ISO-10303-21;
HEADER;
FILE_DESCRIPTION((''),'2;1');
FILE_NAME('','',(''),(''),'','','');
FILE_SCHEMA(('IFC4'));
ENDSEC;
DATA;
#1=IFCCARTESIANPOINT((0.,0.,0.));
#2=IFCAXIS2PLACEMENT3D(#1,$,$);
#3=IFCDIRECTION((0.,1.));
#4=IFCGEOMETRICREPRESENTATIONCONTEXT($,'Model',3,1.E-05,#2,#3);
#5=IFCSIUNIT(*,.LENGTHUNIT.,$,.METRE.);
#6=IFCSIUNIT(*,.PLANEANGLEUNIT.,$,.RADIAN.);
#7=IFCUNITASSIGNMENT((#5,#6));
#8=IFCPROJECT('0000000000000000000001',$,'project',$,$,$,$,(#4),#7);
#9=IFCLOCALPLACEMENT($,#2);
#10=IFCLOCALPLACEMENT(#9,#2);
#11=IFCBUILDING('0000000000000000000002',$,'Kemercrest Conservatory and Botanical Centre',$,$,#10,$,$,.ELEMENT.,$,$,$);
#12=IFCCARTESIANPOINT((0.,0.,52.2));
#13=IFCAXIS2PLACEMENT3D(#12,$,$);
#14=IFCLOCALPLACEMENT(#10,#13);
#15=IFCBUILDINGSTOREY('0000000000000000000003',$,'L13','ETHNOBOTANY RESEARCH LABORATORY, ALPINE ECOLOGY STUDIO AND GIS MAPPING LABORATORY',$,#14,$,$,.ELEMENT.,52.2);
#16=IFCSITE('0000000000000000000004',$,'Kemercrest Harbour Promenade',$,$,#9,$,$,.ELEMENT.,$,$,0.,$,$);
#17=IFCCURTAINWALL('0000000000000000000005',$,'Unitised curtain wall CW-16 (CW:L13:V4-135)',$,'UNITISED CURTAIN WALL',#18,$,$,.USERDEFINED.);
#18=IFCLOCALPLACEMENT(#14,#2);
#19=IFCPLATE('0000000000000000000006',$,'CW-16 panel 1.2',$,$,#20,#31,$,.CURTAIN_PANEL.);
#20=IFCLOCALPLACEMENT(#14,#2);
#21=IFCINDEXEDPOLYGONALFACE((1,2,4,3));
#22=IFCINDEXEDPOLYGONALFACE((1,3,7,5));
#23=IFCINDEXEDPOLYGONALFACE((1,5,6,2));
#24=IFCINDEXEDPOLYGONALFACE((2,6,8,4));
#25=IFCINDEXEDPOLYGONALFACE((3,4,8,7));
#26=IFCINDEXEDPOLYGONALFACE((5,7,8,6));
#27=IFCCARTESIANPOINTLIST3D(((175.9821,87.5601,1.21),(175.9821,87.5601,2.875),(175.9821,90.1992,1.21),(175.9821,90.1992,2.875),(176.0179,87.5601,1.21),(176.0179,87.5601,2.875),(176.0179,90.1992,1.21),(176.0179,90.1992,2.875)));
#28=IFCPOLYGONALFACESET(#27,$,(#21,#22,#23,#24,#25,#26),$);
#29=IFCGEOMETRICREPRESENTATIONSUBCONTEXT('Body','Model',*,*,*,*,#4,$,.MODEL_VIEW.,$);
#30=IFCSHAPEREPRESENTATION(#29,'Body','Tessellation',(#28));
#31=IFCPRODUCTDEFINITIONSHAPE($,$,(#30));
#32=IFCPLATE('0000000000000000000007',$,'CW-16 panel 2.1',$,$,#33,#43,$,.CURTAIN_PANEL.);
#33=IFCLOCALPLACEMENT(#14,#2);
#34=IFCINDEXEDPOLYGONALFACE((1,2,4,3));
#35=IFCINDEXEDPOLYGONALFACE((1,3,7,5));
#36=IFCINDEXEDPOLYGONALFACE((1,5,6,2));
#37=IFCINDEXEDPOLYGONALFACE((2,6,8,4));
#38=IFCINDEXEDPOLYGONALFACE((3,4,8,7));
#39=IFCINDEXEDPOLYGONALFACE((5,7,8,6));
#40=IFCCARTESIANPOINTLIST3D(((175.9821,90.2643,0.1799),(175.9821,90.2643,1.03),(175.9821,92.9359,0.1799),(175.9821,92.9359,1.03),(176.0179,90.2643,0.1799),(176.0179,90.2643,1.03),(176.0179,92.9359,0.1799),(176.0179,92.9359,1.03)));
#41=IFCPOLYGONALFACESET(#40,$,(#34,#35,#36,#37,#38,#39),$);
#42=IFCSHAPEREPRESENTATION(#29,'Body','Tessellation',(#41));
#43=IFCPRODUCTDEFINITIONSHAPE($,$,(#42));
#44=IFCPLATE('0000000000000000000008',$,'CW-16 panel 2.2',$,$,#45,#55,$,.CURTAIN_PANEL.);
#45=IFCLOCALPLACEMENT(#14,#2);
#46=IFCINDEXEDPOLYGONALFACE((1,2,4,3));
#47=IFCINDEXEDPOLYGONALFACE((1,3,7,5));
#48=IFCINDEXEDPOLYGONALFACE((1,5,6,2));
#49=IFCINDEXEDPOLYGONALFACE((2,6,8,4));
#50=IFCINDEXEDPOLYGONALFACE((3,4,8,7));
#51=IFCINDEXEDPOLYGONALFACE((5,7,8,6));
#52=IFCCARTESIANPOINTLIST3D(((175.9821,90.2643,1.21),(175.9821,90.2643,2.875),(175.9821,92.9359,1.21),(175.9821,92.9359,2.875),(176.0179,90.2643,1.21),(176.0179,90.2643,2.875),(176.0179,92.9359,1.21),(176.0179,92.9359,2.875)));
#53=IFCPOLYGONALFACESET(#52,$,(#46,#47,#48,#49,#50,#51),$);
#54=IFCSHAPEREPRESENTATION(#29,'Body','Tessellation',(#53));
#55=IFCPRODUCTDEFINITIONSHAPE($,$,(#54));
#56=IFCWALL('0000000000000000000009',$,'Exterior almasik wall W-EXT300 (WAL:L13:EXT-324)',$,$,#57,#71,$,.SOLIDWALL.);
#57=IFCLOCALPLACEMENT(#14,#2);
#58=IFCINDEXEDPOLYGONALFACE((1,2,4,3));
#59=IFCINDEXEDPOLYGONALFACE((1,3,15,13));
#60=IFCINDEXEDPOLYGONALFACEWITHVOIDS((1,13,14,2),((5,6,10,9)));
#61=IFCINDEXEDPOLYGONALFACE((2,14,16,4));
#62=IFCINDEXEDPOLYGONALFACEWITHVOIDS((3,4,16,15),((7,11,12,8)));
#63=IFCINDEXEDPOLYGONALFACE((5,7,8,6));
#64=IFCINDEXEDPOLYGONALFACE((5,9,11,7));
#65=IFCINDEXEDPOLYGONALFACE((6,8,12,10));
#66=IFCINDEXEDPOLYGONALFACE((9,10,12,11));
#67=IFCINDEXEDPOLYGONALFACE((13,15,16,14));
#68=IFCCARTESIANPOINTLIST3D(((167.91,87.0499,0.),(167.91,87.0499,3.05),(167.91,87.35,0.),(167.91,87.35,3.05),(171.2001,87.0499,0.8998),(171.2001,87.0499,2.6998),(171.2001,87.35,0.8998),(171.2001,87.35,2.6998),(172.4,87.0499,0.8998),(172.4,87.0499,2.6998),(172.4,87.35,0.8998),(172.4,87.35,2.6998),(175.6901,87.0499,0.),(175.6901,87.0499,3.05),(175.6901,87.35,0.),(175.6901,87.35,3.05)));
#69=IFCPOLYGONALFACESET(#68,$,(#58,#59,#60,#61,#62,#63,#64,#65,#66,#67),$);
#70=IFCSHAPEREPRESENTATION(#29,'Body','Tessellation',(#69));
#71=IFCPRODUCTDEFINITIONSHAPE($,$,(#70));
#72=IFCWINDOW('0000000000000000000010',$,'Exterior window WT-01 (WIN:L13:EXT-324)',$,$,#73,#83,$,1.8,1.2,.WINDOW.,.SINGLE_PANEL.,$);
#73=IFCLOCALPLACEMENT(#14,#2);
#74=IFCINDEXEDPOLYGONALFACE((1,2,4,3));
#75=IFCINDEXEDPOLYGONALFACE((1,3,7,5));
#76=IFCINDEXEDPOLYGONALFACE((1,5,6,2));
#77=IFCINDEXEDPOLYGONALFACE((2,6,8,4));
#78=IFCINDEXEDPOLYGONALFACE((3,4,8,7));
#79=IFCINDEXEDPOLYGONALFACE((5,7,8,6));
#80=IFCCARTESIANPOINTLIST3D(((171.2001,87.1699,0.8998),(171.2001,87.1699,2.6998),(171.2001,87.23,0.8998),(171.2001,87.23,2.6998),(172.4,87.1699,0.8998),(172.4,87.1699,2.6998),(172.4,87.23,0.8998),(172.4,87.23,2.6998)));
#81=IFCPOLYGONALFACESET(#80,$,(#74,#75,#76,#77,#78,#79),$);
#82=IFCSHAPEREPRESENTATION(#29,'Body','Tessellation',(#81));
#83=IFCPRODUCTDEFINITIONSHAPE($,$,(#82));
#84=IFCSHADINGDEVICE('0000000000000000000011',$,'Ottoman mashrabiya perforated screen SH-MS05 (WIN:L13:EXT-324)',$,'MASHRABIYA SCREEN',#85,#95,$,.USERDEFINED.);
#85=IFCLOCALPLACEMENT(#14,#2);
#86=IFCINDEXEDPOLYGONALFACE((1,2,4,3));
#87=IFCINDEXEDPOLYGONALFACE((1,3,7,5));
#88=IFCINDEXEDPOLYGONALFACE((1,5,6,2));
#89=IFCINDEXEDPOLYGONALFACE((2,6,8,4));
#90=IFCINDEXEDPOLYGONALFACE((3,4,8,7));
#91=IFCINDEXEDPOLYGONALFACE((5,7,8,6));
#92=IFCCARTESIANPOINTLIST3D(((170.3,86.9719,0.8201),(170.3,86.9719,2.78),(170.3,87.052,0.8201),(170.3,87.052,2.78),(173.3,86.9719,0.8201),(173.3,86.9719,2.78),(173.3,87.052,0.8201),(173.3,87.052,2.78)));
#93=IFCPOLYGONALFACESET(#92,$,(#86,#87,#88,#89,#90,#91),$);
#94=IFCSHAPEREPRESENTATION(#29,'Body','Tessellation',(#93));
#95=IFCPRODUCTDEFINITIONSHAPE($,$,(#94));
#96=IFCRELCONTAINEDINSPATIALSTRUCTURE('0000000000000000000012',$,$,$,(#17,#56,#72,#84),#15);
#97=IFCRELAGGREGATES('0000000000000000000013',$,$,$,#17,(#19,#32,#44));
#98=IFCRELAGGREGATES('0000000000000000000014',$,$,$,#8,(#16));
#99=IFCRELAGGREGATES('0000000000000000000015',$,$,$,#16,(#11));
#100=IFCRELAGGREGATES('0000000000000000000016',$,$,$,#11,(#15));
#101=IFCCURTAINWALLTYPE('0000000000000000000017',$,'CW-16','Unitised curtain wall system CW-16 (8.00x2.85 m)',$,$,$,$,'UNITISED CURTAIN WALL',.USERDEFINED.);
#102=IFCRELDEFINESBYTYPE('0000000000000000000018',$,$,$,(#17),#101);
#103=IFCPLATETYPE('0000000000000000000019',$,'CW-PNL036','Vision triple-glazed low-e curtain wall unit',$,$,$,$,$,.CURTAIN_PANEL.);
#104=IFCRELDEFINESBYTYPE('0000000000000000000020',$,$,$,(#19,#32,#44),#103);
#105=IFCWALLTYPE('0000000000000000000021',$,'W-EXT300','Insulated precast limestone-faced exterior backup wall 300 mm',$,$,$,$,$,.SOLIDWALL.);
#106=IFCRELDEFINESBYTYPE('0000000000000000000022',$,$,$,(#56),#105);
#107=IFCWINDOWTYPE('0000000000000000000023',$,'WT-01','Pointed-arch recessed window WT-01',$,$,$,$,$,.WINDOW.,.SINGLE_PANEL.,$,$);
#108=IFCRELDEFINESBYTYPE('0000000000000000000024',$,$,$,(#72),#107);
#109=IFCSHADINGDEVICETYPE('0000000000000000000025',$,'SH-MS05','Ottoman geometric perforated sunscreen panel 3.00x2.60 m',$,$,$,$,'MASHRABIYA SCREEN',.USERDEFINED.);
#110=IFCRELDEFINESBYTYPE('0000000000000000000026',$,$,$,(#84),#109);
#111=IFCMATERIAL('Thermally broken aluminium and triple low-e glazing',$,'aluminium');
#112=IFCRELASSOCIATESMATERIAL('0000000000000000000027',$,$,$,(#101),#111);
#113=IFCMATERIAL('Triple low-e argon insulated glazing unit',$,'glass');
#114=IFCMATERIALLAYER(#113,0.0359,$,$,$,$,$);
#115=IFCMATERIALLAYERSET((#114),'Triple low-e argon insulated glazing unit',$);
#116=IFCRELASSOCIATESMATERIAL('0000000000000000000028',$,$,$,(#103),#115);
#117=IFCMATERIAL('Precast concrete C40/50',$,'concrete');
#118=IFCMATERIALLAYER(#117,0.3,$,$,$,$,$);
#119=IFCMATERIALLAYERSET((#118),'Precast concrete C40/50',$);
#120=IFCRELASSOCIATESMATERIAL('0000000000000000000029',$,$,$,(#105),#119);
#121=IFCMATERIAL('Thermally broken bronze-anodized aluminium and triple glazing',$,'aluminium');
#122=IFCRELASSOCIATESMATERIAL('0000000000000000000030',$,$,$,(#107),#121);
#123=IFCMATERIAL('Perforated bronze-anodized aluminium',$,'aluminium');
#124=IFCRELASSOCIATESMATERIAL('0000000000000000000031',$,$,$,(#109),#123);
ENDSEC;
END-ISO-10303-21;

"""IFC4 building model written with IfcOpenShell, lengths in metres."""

from ifc_helpers import new_model, si_unit, direction, frame, frame_2d, origin, origin_2d, place, context, subcontext, project, spatial, rectangle, extrude, material, layer, layer_set, type_object, element, fill, aggregate, save


model = new_model("IFC4")

# Units and contexts
model_context = context("Model", 3, precision=1e-05, world=origin(), true_north=direction((0.0, 1.0)))
body_context = subcontext(model_context, "Body", "Model", "MODEL_VIEW")
ifc_project = project(units=[si_unit("LENGTHUNIT", "METRE"), si_unit("PLANEANGLEUNIT", "RADIAN")], contexts=[model_context])

# Site, building, storey
site_placement = place(None, origin())
site = spatial("IfcSite", under=ifc_project, at=site_placement, Name="Kemercrest Harbour Promenade", CompositionType="ELEMENT", RefElevation=0.0)
building_placement = place(site_placement, origin())
building = spatial("IfcBuilding", under=site, at=building_placement, Name="Kemercrest Conservatory and Botanical Centre", CompositionType="ELEMENT")
storey_placement = place(building_placement, frame((0.0, 0.0, 52.2)))
storey = spatial("IfcBuildingStorey", under=building, at=storey_placement, Name="L13", Description="ETHNOBOTANY RESEARCH LABORATORY, ALPINE ECOLOGY STUDIO AND GIS MAPPING LABORATORY", CompositionType="ELEMENT", Elevation=52.2)

# Curtain wall
ifc_material_1 = material(Name="Thermally broken aluminium and triple low-e glazing", Category="aluminium")
curtain_wall_type = type_object("IfcCurtainWallType", Name="CW-16", Description="Unitised curtain wall system CW-16 (8.00x2.85 m)", ElementType="UNITISED CURTAIN WALL", PredefinedType="USERDEFINED", material=ifc_material_1)
curtain_wall_placement = place(storey_placement, origin())
curtain_wall = element("IfcCurtainWall", 1, at=curtain_wall_placement, inside=storey, type_object=curtain_wall_type, Name="Unitised curtain wall CW-16 (CW:L13:V4-135)", ObjectType="UNITISED CURTAIN WALL", PredefinedType="USERDEFINED")

# Plates
ifc_material_2 = material(Name="Triple low-e argon insulated glazing unit", Category="glass")
ifc_layer_1 = layer(ifc_material_2, 0.0359)
ifc_layer_set_1 = layer_set([ifc_layer_1], Name="Triple low-e argon insulated glazing unit")
plate_type = type_object("IfcPlateType", Name="CW-PNL036", Description="Vision triple-glazed low-e curtain wall unit", PredefinedType="CURTAIN_PANEL", material=ifc_layer_set_1)
plate_1_placement = place(storey_placement, frame((176.0, 88.8796, 1.21), z_axis=(0.0, 0.0, 1.0), x_axis=(0.0, 1.0, 0.0)))
plate_1 = element("IfcPlate", 2, at=plate_1_placement, type_object=plate_type, Name="CW-16 panel 1.2", PredefinedType="CURTAIN_PANEL", context=body_context, shape_type="SweptSolid", body=[
    extrude(rectangle(XDim=2.6392, YDim=0.0359, at=origin_2d()), origin(), (0.0, 0.0, 1.0), 1.665),
])
plate_2_placement = place(storey_placement, frame((176.0, 91.6001, 0.1799), z_axis=(0.0, 0.0, 1.0), x_axis=(0.0, 1.0, 0.0)))
plate_2 = element("IfcPlate", 3, at=plate_2_placement, type_object=plate_type, Name="CW-16 panel 2.1", PredefinedType="CURTAIN_PANEL", context=body_context, shape_type="SweptSolid", body=[
    extrude(rectangle(XDim=2.6716, YDim=0.0359, at=origin_2d()), origin(), (0.0, 0.0, 1.0), 0.8501),
])
plate_3_placement = place(storey_placement, frame((176.0, 91.6001, 1.21), z_axis=(0.0, 0.0, 1.0), x_axis=(0.0, 1.0, 0.0)))
plate_3 = element("IfcPlate", 4, at=plate_3_placement, type_object=plate_type, Name="CW-16 panel 2.2", PredefinedType="CURTAIN_PANEL", context=body_context, shape_type="SweptSolid", body=[
    extrude(rectangle(XDim=2.6716, YDim=0.0359, at=origin_2d()), origin(), (0.0, 0.0, 1.0), 1.665),
])
aggregate(curtain_wall, [plate_1, plate_2, plate_3])

# Wall, opening, window
ifc_material_3 = material(Name="Precast concrete C40/50", Category="concrete")
ifc_layer_2 = layer(ifc_material_3, 0.3)
ifc_layer_set_2 = layer_set([ifc_layer_2], Name="Precast concrete C40/50")
wall_type = type_object("IfcWallType", Name="W-EXT300", Description="Insulated precast limestone-faced exterior backup wall 300 mm", PredefinedType="SOLIDWALL", material=ifc_layer_set_2)
wall_placement = place(storey_placement, frame((167.9099, 87.2, 0.0), z_axis=(0.0, 0.0, 1.0), x_axis=(1.0, 0.0, 0.0)))
wall = element("IfcWall", 5, at=wall_placement, inside=storey, type_object=wall_type, Name="Exterior almasik wall W-EXT300 (WAL:L13:EXT-324)", PredefinedType="SOLIDWALL", context=body_context, shape_type="SweptSolid", body=[
    extrude(rectangle(XDim=7.78, YDim=0.3, at=frame_2d((3.8901, 0.0))), origin(), (0.0, 0.0, 1.0), 3.05),
])
opening_placement = place(wall_placement, frame((3.29, 0.0, 0.8999)))
opening = element("IfcOpeningElement", 6, at=opening_placement, cuts=wall, PredefinedType="OPENING", context=body_context, shape_type="SweptSolid", body=[
    extrude(rectangle(XDim=1.2, YDim=1.8, at=frame_2d((0.6001, 0.8999))), frame((0.0, 0.1602, 0.0), z_axis=(0.0, -1.0, 0.0), x_axis=(1.0, 0.0, 0.0)), (0.0, 0.0, 1.0), 0.3201),
])
ifc_material_4 = material(Name="Thermally broken bronze-anodized aluminium and triple glazing", Category="aluminium")
window_type = type_object("IfcWindowType", Name="WT-01", Description="Pointed-arch recessed window WT-01", PartitioningType="SINGLE_PANEL", PredefinedType="WINDOW", material=ifc_material_4)
window_placement = place(opening_placement, origin())
window = element("IfcWindow", 7, at=window_placement, inside=storey, type_object=window_type, Name="Exterior window WT-01 (WIN:L13:EXT-324)", OverallHeight=1.8, OverallWidth=1.2, PartitioningType="SINGLE_PANEL", PredefinedType="WINDOW", context=body_context, shape_type="SweptSolid", body=[
    extrude(rectangle(XDim=1.2, YDim=1.8, at=frame_2d((0.6001, 0.8999))), frame((0.0, 0.03, 0.0), z_axis=(0.0, -1.0, 0.0), x_axis=(1.0, 0.0, 0.0)), (0.0, 0.0, 1.0), 0.0601),
])
fill(opening, window)

# Shading device
ifc_material_5 = material(Name="Perforated bronze-anodized aluminium", Category="aluminium")
shading_device_type = type_object("IfcShadingDeviceType", Name="SH-MS05", Description="Ottoman geometric perforated sunscreen panel 3.00x2.60 m", ElementType="MASHRABIYA SCREEN", PredefinedType="USERDEFINED", material=ifc_material_5)
shading_device_placement = place(storey_placement, frame((171.8, 87.012, 0.8201), z_axis=(0.0, 0.0, 1.0), x_axis=(1.0, 0.0, 0.0)))
element("IfcShadingDevice", 8, at=shading_device_placement, inside=storey, type_object=shading_device_type, Name="Ottoman mashrabiya perforated screen SH-MS05 (WIN:L13:EXT-324)", ObjectType="MASHRABIYA SCREEN", PredefinedType="USERDEFINED", context=body_context, shape_type="SweptSolid", body=[
    extrude(rectangle(XDim=3.0, YDim=0.0801, at=origin_2d()), origin(), (0.0, 0.0, 1.0), 1.96),
])

save(model, "model.ifc")
